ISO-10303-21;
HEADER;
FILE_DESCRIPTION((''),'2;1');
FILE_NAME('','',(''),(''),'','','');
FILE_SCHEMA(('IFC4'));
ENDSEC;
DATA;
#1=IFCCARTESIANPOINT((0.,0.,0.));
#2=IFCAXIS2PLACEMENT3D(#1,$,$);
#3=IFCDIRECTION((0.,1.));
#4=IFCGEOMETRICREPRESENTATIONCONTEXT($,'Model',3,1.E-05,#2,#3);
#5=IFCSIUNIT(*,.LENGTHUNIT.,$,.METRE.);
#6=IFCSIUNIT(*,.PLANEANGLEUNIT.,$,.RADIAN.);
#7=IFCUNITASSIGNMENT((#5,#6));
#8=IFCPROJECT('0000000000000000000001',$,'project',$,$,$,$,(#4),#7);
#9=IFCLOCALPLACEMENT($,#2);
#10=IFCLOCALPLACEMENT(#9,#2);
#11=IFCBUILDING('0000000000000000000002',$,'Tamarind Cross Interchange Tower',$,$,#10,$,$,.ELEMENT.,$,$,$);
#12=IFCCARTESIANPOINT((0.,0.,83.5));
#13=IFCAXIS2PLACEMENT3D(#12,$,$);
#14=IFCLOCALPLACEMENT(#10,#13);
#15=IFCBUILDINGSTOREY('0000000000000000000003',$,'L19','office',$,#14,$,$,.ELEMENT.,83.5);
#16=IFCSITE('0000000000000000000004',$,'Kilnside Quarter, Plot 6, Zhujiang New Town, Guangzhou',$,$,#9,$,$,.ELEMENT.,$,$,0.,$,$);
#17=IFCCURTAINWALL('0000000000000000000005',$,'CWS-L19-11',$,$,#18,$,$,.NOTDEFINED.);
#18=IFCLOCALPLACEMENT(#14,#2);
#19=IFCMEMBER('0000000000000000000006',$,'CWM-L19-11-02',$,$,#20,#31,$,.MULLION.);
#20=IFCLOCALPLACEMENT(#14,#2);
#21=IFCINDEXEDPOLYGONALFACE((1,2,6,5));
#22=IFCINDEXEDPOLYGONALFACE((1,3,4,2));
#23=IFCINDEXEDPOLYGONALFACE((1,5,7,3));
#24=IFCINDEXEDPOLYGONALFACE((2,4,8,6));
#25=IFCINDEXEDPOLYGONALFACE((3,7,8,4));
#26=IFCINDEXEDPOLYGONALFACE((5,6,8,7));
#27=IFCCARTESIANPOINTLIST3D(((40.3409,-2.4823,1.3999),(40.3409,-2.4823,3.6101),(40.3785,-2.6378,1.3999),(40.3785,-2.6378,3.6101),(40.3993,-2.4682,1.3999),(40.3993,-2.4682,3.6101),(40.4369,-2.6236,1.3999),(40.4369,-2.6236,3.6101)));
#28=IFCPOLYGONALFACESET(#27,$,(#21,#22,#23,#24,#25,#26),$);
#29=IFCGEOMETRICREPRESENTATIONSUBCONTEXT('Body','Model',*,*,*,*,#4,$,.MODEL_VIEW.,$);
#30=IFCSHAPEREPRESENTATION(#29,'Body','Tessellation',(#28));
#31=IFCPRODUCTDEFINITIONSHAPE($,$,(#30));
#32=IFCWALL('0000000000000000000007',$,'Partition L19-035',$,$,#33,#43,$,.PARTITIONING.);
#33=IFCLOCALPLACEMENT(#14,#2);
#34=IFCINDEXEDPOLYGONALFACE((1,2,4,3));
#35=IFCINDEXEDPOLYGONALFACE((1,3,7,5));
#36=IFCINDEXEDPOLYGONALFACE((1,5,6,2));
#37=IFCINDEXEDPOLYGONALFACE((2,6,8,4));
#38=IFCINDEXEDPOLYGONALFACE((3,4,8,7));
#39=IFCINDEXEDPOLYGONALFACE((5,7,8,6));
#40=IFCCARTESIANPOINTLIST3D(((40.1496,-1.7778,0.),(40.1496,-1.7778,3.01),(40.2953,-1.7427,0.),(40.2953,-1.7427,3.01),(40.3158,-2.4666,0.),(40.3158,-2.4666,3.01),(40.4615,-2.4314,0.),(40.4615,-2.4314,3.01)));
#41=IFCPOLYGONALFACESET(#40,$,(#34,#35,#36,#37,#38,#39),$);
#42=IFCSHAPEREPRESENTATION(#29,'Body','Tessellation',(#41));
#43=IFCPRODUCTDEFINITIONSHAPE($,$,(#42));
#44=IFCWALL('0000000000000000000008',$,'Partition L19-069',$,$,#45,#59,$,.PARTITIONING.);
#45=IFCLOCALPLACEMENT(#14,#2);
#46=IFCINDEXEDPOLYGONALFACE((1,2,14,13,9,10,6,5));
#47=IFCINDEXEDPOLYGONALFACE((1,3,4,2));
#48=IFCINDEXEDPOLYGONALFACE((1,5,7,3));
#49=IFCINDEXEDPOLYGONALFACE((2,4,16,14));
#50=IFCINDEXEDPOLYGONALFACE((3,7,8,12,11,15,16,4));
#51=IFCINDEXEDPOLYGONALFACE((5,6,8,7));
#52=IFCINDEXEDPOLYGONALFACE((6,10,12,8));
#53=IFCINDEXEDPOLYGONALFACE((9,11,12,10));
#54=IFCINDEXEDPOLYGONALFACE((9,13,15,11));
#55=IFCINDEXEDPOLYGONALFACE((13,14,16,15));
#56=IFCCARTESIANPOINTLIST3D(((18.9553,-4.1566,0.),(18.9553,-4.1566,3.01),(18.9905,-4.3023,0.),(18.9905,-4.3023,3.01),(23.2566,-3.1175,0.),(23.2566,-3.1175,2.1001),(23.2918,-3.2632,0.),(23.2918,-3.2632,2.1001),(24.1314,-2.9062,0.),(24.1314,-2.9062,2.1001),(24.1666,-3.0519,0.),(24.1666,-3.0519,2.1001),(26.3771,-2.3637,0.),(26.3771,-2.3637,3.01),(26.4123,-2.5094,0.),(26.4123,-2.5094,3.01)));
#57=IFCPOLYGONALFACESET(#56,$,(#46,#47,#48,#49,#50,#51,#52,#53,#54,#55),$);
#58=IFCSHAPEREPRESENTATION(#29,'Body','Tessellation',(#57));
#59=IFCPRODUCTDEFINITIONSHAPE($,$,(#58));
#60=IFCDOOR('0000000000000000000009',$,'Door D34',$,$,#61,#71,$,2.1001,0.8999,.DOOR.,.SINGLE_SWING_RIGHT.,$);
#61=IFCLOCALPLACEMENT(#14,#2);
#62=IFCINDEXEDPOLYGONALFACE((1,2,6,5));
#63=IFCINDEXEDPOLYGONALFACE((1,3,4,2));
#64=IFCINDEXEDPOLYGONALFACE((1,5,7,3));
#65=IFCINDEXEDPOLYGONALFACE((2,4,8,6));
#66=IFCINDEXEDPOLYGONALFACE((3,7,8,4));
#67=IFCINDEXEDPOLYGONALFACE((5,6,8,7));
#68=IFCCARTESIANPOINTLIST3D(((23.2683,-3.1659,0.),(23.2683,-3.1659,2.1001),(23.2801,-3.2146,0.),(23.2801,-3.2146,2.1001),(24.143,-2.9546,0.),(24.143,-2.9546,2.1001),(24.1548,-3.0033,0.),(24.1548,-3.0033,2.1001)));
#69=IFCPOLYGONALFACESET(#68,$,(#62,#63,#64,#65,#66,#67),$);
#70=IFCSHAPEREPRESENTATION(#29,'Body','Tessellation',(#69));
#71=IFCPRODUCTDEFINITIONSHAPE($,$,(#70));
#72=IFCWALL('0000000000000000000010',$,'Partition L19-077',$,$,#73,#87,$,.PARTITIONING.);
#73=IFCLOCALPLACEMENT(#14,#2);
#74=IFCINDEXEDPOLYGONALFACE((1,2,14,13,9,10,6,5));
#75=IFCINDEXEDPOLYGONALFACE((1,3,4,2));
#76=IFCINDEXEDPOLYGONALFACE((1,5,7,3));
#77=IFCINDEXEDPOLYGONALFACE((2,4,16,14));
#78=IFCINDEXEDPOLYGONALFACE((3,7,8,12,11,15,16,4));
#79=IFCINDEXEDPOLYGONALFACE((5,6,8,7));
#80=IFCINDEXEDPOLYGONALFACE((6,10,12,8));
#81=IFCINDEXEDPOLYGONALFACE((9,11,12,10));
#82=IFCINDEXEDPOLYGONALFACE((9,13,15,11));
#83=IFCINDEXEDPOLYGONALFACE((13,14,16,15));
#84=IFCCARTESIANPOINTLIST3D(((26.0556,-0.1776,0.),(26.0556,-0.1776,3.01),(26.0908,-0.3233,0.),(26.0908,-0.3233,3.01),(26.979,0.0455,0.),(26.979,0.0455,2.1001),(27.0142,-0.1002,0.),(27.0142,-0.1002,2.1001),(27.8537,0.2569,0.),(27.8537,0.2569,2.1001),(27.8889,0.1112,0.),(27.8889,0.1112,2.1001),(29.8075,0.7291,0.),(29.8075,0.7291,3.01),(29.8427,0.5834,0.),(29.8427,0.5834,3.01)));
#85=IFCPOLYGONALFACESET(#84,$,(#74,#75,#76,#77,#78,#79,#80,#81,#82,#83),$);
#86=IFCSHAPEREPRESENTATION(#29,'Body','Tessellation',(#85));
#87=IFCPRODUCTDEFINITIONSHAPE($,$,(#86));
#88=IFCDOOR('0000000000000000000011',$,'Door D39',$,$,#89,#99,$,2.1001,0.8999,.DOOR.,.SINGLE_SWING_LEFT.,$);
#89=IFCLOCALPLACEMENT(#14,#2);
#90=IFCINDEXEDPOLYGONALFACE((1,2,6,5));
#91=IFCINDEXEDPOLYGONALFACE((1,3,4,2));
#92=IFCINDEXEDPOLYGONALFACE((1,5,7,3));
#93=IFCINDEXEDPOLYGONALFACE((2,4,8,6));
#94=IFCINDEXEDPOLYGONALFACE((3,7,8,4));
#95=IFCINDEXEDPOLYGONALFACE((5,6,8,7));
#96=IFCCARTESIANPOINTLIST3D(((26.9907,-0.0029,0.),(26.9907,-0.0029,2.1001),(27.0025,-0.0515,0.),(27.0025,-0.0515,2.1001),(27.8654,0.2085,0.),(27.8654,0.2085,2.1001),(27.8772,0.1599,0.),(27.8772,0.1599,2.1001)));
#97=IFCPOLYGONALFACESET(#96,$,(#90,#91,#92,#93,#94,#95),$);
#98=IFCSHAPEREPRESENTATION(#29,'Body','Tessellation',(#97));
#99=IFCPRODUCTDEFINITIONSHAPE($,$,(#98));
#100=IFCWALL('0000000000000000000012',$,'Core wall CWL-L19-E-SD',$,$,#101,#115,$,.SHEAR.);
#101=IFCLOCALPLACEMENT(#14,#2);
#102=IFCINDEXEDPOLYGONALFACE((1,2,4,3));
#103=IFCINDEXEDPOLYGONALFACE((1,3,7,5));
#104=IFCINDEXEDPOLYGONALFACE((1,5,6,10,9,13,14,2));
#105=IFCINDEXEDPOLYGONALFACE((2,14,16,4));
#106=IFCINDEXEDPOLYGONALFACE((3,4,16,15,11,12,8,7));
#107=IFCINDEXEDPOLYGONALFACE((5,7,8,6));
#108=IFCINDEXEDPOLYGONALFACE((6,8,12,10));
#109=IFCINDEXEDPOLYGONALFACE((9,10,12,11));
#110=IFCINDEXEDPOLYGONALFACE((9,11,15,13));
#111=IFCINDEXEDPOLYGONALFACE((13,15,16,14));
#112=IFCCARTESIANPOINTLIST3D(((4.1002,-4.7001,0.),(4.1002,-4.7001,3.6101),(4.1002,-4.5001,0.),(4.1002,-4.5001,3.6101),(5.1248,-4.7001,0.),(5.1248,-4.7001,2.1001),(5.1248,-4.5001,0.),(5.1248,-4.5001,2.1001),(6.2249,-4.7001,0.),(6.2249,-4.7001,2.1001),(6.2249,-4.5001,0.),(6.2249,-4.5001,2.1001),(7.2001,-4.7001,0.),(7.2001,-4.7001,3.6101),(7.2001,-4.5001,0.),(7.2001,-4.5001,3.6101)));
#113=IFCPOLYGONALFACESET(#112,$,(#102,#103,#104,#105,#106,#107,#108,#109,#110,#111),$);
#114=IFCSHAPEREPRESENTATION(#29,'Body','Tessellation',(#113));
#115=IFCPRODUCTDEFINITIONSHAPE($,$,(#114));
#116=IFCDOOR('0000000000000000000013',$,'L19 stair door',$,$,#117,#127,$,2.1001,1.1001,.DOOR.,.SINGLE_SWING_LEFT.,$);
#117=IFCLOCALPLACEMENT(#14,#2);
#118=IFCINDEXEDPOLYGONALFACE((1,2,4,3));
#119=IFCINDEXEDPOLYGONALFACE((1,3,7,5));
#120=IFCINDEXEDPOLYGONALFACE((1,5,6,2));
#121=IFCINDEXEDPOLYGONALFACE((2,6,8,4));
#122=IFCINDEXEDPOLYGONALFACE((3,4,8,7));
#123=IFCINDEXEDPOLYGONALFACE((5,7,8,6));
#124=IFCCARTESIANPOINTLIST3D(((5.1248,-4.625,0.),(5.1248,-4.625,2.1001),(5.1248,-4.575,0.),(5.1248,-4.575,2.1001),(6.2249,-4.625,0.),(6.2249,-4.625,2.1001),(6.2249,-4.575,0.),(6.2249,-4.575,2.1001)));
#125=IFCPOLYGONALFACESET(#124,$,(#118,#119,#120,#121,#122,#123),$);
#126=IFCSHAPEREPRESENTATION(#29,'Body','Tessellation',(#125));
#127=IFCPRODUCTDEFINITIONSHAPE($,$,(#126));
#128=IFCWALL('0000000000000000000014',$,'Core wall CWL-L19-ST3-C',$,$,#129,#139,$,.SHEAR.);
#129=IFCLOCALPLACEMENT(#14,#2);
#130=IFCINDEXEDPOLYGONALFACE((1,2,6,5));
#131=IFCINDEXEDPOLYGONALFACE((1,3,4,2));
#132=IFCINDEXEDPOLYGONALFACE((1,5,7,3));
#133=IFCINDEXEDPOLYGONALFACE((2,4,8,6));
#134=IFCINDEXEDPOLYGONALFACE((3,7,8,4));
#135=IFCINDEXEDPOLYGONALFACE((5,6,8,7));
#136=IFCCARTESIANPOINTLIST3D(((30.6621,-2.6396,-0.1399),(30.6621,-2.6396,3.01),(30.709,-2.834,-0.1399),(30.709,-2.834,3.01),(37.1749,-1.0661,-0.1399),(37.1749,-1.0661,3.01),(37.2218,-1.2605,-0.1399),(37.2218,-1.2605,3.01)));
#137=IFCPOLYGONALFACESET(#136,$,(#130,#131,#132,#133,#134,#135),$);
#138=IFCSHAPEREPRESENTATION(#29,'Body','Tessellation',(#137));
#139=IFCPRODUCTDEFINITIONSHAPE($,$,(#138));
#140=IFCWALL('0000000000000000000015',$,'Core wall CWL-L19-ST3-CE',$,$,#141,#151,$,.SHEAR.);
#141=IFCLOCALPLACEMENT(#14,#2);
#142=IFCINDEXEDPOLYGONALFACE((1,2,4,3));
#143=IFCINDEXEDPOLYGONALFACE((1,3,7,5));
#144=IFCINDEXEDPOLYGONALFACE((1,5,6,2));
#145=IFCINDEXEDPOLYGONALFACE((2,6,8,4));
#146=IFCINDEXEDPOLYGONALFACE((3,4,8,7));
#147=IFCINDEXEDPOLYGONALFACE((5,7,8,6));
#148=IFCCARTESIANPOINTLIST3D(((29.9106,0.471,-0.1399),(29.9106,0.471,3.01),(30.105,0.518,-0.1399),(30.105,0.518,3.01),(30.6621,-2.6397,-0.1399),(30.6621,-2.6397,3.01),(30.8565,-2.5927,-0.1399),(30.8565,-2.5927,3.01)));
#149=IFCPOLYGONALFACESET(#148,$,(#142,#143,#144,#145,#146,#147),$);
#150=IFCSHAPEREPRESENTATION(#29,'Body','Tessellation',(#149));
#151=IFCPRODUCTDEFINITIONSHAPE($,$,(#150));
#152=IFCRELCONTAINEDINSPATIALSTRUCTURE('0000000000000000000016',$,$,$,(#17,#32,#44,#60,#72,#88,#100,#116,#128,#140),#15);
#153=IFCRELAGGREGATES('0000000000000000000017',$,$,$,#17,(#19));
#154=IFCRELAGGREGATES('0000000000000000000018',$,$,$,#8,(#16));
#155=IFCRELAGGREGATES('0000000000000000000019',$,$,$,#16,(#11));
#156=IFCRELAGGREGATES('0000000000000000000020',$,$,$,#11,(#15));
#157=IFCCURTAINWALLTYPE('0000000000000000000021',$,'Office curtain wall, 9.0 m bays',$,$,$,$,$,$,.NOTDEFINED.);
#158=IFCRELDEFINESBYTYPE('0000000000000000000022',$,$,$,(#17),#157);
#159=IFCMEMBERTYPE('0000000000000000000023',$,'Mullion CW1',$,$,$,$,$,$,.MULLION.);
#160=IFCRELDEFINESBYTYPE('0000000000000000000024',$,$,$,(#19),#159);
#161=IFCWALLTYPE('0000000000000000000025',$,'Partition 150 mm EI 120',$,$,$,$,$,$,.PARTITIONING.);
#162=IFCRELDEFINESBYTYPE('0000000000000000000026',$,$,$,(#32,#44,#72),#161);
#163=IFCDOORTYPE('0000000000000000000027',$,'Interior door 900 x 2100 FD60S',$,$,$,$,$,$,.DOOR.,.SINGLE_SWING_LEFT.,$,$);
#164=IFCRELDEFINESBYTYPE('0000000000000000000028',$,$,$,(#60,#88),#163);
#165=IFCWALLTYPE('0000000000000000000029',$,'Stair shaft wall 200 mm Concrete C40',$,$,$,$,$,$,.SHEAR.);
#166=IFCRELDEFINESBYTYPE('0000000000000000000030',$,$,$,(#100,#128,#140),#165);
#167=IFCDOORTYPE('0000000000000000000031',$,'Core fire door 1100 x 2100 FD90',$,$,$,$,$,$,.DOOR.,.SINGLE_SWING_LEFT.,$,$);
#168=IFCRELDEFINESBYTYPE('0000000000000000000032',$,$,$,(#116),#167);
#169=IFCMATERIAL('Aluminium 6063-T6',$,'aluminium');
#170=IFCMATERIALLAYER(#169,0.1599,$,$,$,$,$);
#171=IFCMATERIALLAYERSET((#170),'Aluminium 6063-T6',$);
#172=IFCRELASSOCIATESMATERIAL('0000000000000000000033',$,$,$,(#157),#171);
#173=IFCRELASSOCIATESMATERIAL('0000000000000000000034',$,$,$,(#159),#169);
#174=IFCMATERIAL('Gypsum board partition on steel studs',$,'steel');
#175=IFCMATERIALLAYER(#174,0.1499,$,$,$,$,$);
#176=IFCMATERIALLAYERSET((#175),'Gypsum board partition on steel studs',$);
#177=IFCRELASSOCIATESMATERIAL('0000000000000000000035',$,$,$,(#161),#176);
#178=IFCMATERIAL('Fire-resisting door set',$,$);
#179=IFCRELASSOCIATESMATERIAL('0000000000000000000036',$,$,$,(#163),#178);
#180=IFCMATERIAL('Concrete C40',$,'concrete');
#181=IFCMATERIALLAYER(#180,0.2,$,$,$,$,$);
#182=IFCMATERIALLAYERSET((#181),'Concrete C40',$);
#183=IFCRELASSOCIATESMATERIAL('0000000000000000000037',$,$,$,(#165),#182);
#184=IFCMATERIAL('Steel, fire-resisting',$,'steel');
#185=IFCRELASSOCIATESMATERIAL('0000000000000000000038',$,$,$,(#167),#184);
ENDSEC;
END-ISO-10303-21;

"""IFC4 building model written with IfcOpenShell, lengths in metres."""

from ifc_helpers import new_model, si_unit, direction, frame, frame_2d, origin, origin_2d, place, context, subcontext, project, spatial, rectangle, extrude, material, layer, layer_set, material_profile, profile_set, type_object, element, fill, aggregate, save


model = new_model("IFC4")

# Units and contexts
model_context = context("Model", 3, precision=1e-05, world=origin(), true_north=direction((0.0, 1.0)))
body_context = subcontext(model_context, "Body", "Model", "MODEL_VIEW")
ifc_project = project(units=[si_unit("LENGTHUNIT", "METRE"), si_unit("PLANEANGLEUNIT", "RADIAN")], contexts=[model_context])

# Site, building, storey
site_placement = place(None, origin())
site = spatial("IfcSite", under=ifc_project, at=site_placement, Name="Kilnside Quarter, Plot 6, Zhujiang New Town, Guangzhou", CompositionType="ELEMENT", RefElevation=0.0)
building_placement = place(site_placement, origin())
building = spatial("IfcBuilding", under=site, at=building_placement, Name="Tamarind Cross Interchange Tower", CompositionType="ELEMENT")
storey_placement = place(building_placement, frame((0.0, 0.0, 83.5)))
storey = spatial("IfcBuildingStorey", under=building, at=storey_placement, Name="L19", Description="office", CompositionType="ELEMENT", Elevation=83.5)

# Curtain wall, member
ifc_material_1 = material(Name="Aluminium 6063-T6", Category="aluminium")
ifc_layer_1 = layer(ifc_material_1, 0.1599)
ifc_layer_set_1 = layer_set([ifc_layer_1], Name="Aluminium 6063-T6")
curtain_wall_type = type_object("IfcCurtainWallType", Name="Office curtain wall, 9.0 m bays", PredefinedType="NOTDEFINED", material=ifc_layer_set_1)
curtain_wall_placement = place(storey_placement, origin())
curtain_wall = element("IfcCurtainWall", 1, at=curtain_wall_placement, inside=storey, type_object=curtain_wall_type, Name="CWS-L19-11", PredefinedType="NOTDEFINED")
ifc_material_profile_1 = material_profile(ifc_material_1, rectangle(XDim=0.0601, YDim=0.1599, at=origin_2d()), Name="Mullion CW1")
ifc_profile_set_1 = profile_set([ifc_material_profile_1], Name="Aluminium 6063-T6")
member_type = type_object("IfcMemberType", Name="Mullion CW1", PredefinedType="MULLION", material=ifc_profile_set_1)
member_placement = place(storey_placement, frame((40.3889, -2.553, 1.3999), z_axis=(0.0, 0.0, 1.0), x_axis=(0.972033, 0.234844, 0.0)))
member = element("IfcMember", 2, at=member_placement, type_object=member_type, Name="CWM-L19-11-02", PredefinedType="MULLION", context=body_context, shape_type="SweptSolid", body=[
    extrude(rectangle(XDim=0.0601, YDim=0.1599, at=origin_2d()), origin(), (0.0, 0.0, 1.0), 2.2102),
])
aggregate(curtain_wall, [member])

# Wall
ifc_material_2 = material(Name="Gypsum board partition on steel studs", Category="steel")
ifc_layer_2 = layer(ifc_material_2, 0.1499)
ifc_layer_set_2 = layer_set([ifc_layer_2], Name="Gypsum board partition on steel studs")
wall_type_1 = type_object("IfcWallType", Name="Partition 150 mm EI 120", PredefinedType="PARTITIONING", material=ifc_layer_set_2)
wall_1_placement = place(storey_placement, frame((40.2224, -1.7603, 0.0), z_axis=(0.0, 0.0, 1.0), x_axis=(0.234663, -0.972077, 0.0)))
element("IfcWall", 3, at=wall_1_placement, inside=storey, type_object=wall_type_1, Name="Partition L19-035", PredefinedType="PARTITIONING", context=body_context, shape_type="SweptSolid", body=[
    extrude(rectangle(XDim=0.7085, YDim=0.1499, at=frame_2d((0.3542, 0.0))), origin(), (0.0, 0.0, 1.0), 3.01),
])

# Walls, openings, doors
wall_2_placement = place(storey_placement, frame((18.9729, -4.2295, 0.0), z_axis=(0.0, 0.0, 1.0), x_axis=(0.972038, 0.234824, 0.0)))
wall_2 = element("IfcWall", 4, at=wall_2_placement, inside=storey, type_object=wall_type_1, Name="Partition L19-069", PredefinedType="PARTITIONING", context=body_context, shape_type="SweptSolid", body=[
    extrude(rectangle(XDim=7.6353, YDim=0.1499, at=frame_2d((3.8176, 0.0))), origin(), (0.0, 0.0, 1.0), 3.01),
])
opening_1_placement = place(wall_2_placement, frame((4.425, 0.0, 0.0)))
opening_1 = element("IfcOpeningElement", 5, at=opening_1_placement, cuts=wall_2, PredefinedType="OPENING", context=body_context, shape_type="SweptSolid", body=[
    extrude(rectangle(XDim=0.8999, YDim=2.1001, at=frame_2d((0.45, 1.05))), frame((0.0, 0.085, 0.0), z_axis=(0.0, -1.0, 0.0), x_axis=(1.0, 0.0, 0.0)), (0.0, 0.0, 1.0), 0.1699),
])
ifc_material_3 = material(Name="Fire-resisting door set")
door_type_1 = type_object("IfcDoorType", Name="Interior door 900 x 2100 FD60S", OperationType="SINGLE_SWING_LEFT", PredefinedType="DOOR", material=ifc_material_3)
door_1_placement = place(opening_1_placement, frame((0.8999, 0.0, 0.0), z_axis=(0.0, 0.0, 1.0), x_axis=(-1.0, 0.0, 0.0)))
door_1 = element("IfcDoor", 6, at=door_1_placement, inside=storey, type_object=door_type_1, Name="Door D34", OperationType="SINGLE_SWING_RIGHT", OverallHeight=2.1001, OverallWidth=0.8999, PredefinedType="DOOR", context=body_context, shape_type="SweptSolid", body=[
    extrude(rectangle(XDim=0.8999, YDim=2.1001, at=frame_2d((0.45, 1.05))), frame((0.0, 0.0249, 0.0), z_axis=(0.0, -1.0, 0.0), x_axis=(1.0, 0.0, 0.0)), (0.0, 0.0, 1.0), 0.05),
])
fill(opening_1, door_1)
wall_3_placement = place(storey_placement, frame((26.0732, -0.2505, 0.0), z_axis=(0.0, 0.0, 1.0), x_axis=(0.972018, 0.234908, 0.0)))
wall_3 = element("IfcWall", 7, at=wall_3_placement, inside=storey, type_object=wall_type_1, Name="Partition L19-077", PredefinedType="PARTITIONING", context=body_context, shape_type="SweptSolid", body=[
    extrude(rectangle(XDim=3.8599, YDim=0.1499, at=frame_2d((1.9299, 0.0))), origin(), (0.0, 0.0, 1.0), 3.01),
])
opening_2_placement = place(wall_3_placement, frame((0.95, 0.0, 0.0)))
opening_2 = element("IfcOpeningElement", 8, at=opening_2_placement, cuts=wall_3, PredefinedType="OPENING", context=body_context, shape_type="SweptSolid", body=[
    extrude(rectangle(XDim=0.8999, YDim=2.1001, at=frame_2d((0.45, 1.05))), frame((0.0, 0.085, 0.0), z_axis=(0.0, -1.0, 0.0), x_axis=(1.0, 0.0, 0.0)), (0.0, 0.0, 1.0), 0.1699),
])
door_2_placement = place(opening_2_placement, frame((0.8999, 0.0, 0.0), z_axis=(0.0, 0.0, 1.0), x_axis=(-1.0, 0.0, 0.0)))
door_2 = element("IfcDoor", 9, at=door_2_placement, inside=storey, type_object=door_type_1, Name="Door D39", OperationType="SINGLE_SWING_LEFT", OverallHeight=2.1001, OverallWidth=0.8999, PredefinedType="DOOR", context=body_context, shape_type="SweptSolid", body=[
    extrude(rectangle(XDim=0.8999, YDim=2.1001, at=frame_2d((0.45, 1.05))), frame((0.0, 0.0249, 0.0), z_axis=(0.0, -1.0, 0.0), x_axis=(1.0, 0.0, 0.0)), (0.0, 0.0, 1.0), 0.05),
])
fill(opening_2, door_2)
ifc_material_4 = material(Name="Concrete C40", Category="concrete")
ifc_layer_3 = layer(ifc_material_4, 0.2)
ifc_layer_set_3 = layer_set([ifc_layer_3], Name="Concrete C40")
wall_type_2 = type_object("IfcWallType", Name="Stair shaft wall 200 mm Concrete C40", PredefinedType="SHEAR", material=ifc_layer_set_3)
wall_4_placement = place(storey_placement, frame((7.2, -4.6001, 0.0), z_axis=(0.0, 0.0, 1.0), x_axis=(-1.0, 0.0, 0.0)))
wall_4 = element("IfcWall", 10, at=wall_4_placement, inside=storey, type_object=wall_type_2, Name="Core wall CWL-L19-E-SD", PredefinedType="SHEAR", context=body_context, shape_type="SweptSolid", body=[
    extrude(rectangle(XDim=3.0999, YDim=0.2, at=frame_2d((1.5498, 0.0))), origin(), (0.0, 0.0, 1.0), 3.6101),
])
opening_3_placement = place(wall_4_placement, frame((0.9751, 0.0, 0.0)))
opening_3 = element("IfcOpeningElement", 11, at=opening_3_placement, cuts=wall_4, PredefinedType="OPENING", context=body_context, shape_type="SweptSolid", body=[
    extrude(rectangle(XDim=1.1001, YDim=2.1001, at=frame_2d((0.55, 1.05))), frame((0.0, 0.1099, 0.0), z_axis=(0.0, -1.0, 0.0), x_axis=(1.0, 0.0, 0.0)), (0.0, 0.0, 1.0), 0.22),
])
ifc_material_5 = material(Name="Steel, fire-resisting", Category="steel")
door_type_2 = type_object("IfcDoorType", Name="Core fire door 1100 x 2100 FD90", OperationType="SINGLE_SWING_LEFT", PredefinedType="DOOR", material=ifc_material_5)
door_3_placement = place(opening_3_placement, origin())
door_3 = element("IfcDoor", 12, at=door_3_placement, inside=storey, type_object=door_type_2, Name="L19 stair door", OperationType="SINGLE_SWING_LEFT", OverallHeight=2.1001, OverallWidth=1.1001, PredefinedType="DOOR", context=body_context, shape_type="SweptSolid", body=[
    extrude(rectangle(XDim=1.1001, YDim=2.1001, at=frame_2d((0.55, 1.05))), frame((0.0, 0.0249, 0.0), z_axis=(0.0, -1.0, 0.0), x_axis=(1.0, 0.0, 0.0)), (0.0, 0.0, 1.0), 0.05),
])
fill(opening_3, door_3)

# Walls
wall_5_placement = place(storey_placement, frame((30.6855, -2.7368, -0.1399), z_axis=(0.0, 0.0, 1.0), x_axis=(0.972033, 0.234846, 0.0)))
element("IfcWall", 13, at=wall_5_placement, inside=storey, type_object=wall_type_2, Name="Core wall CWL-L19-ST3-C", PredefinedType="SHEAR", context=body_context, shape_type="SweptSolid", body=[
    extrude(rectangle(XDim=6.7002, YDim=0.2, at=frame_2d((3.3501, 0.0))), origin(), (0.0, 0.0, 1.0), 3.1499),
])
wall_6_placement = place(storey_placement, frame((30.7593, -2.6162, -0.1399), z_axis=(0.0, 0.0, 1.0), x_axis=(-0.234827, 0.972037, 0.0)))
element("IfcWall", 14, at=wall_6_placement, inside=storey, type_object=wall_type_2, Name="Core wall CWL-L19-ST3-CE", PredefinedType="SHEAR", context=body_context, shape_type="SweptSolid", body=[
    extrude(rectangle(XDim=3.2002, YDim=0.2, at=frame_2d((1.6001, 0.0))), origin(), (0.0, 0.0, 1.0), 3.1499),
])

save(model, "model.ifc")
